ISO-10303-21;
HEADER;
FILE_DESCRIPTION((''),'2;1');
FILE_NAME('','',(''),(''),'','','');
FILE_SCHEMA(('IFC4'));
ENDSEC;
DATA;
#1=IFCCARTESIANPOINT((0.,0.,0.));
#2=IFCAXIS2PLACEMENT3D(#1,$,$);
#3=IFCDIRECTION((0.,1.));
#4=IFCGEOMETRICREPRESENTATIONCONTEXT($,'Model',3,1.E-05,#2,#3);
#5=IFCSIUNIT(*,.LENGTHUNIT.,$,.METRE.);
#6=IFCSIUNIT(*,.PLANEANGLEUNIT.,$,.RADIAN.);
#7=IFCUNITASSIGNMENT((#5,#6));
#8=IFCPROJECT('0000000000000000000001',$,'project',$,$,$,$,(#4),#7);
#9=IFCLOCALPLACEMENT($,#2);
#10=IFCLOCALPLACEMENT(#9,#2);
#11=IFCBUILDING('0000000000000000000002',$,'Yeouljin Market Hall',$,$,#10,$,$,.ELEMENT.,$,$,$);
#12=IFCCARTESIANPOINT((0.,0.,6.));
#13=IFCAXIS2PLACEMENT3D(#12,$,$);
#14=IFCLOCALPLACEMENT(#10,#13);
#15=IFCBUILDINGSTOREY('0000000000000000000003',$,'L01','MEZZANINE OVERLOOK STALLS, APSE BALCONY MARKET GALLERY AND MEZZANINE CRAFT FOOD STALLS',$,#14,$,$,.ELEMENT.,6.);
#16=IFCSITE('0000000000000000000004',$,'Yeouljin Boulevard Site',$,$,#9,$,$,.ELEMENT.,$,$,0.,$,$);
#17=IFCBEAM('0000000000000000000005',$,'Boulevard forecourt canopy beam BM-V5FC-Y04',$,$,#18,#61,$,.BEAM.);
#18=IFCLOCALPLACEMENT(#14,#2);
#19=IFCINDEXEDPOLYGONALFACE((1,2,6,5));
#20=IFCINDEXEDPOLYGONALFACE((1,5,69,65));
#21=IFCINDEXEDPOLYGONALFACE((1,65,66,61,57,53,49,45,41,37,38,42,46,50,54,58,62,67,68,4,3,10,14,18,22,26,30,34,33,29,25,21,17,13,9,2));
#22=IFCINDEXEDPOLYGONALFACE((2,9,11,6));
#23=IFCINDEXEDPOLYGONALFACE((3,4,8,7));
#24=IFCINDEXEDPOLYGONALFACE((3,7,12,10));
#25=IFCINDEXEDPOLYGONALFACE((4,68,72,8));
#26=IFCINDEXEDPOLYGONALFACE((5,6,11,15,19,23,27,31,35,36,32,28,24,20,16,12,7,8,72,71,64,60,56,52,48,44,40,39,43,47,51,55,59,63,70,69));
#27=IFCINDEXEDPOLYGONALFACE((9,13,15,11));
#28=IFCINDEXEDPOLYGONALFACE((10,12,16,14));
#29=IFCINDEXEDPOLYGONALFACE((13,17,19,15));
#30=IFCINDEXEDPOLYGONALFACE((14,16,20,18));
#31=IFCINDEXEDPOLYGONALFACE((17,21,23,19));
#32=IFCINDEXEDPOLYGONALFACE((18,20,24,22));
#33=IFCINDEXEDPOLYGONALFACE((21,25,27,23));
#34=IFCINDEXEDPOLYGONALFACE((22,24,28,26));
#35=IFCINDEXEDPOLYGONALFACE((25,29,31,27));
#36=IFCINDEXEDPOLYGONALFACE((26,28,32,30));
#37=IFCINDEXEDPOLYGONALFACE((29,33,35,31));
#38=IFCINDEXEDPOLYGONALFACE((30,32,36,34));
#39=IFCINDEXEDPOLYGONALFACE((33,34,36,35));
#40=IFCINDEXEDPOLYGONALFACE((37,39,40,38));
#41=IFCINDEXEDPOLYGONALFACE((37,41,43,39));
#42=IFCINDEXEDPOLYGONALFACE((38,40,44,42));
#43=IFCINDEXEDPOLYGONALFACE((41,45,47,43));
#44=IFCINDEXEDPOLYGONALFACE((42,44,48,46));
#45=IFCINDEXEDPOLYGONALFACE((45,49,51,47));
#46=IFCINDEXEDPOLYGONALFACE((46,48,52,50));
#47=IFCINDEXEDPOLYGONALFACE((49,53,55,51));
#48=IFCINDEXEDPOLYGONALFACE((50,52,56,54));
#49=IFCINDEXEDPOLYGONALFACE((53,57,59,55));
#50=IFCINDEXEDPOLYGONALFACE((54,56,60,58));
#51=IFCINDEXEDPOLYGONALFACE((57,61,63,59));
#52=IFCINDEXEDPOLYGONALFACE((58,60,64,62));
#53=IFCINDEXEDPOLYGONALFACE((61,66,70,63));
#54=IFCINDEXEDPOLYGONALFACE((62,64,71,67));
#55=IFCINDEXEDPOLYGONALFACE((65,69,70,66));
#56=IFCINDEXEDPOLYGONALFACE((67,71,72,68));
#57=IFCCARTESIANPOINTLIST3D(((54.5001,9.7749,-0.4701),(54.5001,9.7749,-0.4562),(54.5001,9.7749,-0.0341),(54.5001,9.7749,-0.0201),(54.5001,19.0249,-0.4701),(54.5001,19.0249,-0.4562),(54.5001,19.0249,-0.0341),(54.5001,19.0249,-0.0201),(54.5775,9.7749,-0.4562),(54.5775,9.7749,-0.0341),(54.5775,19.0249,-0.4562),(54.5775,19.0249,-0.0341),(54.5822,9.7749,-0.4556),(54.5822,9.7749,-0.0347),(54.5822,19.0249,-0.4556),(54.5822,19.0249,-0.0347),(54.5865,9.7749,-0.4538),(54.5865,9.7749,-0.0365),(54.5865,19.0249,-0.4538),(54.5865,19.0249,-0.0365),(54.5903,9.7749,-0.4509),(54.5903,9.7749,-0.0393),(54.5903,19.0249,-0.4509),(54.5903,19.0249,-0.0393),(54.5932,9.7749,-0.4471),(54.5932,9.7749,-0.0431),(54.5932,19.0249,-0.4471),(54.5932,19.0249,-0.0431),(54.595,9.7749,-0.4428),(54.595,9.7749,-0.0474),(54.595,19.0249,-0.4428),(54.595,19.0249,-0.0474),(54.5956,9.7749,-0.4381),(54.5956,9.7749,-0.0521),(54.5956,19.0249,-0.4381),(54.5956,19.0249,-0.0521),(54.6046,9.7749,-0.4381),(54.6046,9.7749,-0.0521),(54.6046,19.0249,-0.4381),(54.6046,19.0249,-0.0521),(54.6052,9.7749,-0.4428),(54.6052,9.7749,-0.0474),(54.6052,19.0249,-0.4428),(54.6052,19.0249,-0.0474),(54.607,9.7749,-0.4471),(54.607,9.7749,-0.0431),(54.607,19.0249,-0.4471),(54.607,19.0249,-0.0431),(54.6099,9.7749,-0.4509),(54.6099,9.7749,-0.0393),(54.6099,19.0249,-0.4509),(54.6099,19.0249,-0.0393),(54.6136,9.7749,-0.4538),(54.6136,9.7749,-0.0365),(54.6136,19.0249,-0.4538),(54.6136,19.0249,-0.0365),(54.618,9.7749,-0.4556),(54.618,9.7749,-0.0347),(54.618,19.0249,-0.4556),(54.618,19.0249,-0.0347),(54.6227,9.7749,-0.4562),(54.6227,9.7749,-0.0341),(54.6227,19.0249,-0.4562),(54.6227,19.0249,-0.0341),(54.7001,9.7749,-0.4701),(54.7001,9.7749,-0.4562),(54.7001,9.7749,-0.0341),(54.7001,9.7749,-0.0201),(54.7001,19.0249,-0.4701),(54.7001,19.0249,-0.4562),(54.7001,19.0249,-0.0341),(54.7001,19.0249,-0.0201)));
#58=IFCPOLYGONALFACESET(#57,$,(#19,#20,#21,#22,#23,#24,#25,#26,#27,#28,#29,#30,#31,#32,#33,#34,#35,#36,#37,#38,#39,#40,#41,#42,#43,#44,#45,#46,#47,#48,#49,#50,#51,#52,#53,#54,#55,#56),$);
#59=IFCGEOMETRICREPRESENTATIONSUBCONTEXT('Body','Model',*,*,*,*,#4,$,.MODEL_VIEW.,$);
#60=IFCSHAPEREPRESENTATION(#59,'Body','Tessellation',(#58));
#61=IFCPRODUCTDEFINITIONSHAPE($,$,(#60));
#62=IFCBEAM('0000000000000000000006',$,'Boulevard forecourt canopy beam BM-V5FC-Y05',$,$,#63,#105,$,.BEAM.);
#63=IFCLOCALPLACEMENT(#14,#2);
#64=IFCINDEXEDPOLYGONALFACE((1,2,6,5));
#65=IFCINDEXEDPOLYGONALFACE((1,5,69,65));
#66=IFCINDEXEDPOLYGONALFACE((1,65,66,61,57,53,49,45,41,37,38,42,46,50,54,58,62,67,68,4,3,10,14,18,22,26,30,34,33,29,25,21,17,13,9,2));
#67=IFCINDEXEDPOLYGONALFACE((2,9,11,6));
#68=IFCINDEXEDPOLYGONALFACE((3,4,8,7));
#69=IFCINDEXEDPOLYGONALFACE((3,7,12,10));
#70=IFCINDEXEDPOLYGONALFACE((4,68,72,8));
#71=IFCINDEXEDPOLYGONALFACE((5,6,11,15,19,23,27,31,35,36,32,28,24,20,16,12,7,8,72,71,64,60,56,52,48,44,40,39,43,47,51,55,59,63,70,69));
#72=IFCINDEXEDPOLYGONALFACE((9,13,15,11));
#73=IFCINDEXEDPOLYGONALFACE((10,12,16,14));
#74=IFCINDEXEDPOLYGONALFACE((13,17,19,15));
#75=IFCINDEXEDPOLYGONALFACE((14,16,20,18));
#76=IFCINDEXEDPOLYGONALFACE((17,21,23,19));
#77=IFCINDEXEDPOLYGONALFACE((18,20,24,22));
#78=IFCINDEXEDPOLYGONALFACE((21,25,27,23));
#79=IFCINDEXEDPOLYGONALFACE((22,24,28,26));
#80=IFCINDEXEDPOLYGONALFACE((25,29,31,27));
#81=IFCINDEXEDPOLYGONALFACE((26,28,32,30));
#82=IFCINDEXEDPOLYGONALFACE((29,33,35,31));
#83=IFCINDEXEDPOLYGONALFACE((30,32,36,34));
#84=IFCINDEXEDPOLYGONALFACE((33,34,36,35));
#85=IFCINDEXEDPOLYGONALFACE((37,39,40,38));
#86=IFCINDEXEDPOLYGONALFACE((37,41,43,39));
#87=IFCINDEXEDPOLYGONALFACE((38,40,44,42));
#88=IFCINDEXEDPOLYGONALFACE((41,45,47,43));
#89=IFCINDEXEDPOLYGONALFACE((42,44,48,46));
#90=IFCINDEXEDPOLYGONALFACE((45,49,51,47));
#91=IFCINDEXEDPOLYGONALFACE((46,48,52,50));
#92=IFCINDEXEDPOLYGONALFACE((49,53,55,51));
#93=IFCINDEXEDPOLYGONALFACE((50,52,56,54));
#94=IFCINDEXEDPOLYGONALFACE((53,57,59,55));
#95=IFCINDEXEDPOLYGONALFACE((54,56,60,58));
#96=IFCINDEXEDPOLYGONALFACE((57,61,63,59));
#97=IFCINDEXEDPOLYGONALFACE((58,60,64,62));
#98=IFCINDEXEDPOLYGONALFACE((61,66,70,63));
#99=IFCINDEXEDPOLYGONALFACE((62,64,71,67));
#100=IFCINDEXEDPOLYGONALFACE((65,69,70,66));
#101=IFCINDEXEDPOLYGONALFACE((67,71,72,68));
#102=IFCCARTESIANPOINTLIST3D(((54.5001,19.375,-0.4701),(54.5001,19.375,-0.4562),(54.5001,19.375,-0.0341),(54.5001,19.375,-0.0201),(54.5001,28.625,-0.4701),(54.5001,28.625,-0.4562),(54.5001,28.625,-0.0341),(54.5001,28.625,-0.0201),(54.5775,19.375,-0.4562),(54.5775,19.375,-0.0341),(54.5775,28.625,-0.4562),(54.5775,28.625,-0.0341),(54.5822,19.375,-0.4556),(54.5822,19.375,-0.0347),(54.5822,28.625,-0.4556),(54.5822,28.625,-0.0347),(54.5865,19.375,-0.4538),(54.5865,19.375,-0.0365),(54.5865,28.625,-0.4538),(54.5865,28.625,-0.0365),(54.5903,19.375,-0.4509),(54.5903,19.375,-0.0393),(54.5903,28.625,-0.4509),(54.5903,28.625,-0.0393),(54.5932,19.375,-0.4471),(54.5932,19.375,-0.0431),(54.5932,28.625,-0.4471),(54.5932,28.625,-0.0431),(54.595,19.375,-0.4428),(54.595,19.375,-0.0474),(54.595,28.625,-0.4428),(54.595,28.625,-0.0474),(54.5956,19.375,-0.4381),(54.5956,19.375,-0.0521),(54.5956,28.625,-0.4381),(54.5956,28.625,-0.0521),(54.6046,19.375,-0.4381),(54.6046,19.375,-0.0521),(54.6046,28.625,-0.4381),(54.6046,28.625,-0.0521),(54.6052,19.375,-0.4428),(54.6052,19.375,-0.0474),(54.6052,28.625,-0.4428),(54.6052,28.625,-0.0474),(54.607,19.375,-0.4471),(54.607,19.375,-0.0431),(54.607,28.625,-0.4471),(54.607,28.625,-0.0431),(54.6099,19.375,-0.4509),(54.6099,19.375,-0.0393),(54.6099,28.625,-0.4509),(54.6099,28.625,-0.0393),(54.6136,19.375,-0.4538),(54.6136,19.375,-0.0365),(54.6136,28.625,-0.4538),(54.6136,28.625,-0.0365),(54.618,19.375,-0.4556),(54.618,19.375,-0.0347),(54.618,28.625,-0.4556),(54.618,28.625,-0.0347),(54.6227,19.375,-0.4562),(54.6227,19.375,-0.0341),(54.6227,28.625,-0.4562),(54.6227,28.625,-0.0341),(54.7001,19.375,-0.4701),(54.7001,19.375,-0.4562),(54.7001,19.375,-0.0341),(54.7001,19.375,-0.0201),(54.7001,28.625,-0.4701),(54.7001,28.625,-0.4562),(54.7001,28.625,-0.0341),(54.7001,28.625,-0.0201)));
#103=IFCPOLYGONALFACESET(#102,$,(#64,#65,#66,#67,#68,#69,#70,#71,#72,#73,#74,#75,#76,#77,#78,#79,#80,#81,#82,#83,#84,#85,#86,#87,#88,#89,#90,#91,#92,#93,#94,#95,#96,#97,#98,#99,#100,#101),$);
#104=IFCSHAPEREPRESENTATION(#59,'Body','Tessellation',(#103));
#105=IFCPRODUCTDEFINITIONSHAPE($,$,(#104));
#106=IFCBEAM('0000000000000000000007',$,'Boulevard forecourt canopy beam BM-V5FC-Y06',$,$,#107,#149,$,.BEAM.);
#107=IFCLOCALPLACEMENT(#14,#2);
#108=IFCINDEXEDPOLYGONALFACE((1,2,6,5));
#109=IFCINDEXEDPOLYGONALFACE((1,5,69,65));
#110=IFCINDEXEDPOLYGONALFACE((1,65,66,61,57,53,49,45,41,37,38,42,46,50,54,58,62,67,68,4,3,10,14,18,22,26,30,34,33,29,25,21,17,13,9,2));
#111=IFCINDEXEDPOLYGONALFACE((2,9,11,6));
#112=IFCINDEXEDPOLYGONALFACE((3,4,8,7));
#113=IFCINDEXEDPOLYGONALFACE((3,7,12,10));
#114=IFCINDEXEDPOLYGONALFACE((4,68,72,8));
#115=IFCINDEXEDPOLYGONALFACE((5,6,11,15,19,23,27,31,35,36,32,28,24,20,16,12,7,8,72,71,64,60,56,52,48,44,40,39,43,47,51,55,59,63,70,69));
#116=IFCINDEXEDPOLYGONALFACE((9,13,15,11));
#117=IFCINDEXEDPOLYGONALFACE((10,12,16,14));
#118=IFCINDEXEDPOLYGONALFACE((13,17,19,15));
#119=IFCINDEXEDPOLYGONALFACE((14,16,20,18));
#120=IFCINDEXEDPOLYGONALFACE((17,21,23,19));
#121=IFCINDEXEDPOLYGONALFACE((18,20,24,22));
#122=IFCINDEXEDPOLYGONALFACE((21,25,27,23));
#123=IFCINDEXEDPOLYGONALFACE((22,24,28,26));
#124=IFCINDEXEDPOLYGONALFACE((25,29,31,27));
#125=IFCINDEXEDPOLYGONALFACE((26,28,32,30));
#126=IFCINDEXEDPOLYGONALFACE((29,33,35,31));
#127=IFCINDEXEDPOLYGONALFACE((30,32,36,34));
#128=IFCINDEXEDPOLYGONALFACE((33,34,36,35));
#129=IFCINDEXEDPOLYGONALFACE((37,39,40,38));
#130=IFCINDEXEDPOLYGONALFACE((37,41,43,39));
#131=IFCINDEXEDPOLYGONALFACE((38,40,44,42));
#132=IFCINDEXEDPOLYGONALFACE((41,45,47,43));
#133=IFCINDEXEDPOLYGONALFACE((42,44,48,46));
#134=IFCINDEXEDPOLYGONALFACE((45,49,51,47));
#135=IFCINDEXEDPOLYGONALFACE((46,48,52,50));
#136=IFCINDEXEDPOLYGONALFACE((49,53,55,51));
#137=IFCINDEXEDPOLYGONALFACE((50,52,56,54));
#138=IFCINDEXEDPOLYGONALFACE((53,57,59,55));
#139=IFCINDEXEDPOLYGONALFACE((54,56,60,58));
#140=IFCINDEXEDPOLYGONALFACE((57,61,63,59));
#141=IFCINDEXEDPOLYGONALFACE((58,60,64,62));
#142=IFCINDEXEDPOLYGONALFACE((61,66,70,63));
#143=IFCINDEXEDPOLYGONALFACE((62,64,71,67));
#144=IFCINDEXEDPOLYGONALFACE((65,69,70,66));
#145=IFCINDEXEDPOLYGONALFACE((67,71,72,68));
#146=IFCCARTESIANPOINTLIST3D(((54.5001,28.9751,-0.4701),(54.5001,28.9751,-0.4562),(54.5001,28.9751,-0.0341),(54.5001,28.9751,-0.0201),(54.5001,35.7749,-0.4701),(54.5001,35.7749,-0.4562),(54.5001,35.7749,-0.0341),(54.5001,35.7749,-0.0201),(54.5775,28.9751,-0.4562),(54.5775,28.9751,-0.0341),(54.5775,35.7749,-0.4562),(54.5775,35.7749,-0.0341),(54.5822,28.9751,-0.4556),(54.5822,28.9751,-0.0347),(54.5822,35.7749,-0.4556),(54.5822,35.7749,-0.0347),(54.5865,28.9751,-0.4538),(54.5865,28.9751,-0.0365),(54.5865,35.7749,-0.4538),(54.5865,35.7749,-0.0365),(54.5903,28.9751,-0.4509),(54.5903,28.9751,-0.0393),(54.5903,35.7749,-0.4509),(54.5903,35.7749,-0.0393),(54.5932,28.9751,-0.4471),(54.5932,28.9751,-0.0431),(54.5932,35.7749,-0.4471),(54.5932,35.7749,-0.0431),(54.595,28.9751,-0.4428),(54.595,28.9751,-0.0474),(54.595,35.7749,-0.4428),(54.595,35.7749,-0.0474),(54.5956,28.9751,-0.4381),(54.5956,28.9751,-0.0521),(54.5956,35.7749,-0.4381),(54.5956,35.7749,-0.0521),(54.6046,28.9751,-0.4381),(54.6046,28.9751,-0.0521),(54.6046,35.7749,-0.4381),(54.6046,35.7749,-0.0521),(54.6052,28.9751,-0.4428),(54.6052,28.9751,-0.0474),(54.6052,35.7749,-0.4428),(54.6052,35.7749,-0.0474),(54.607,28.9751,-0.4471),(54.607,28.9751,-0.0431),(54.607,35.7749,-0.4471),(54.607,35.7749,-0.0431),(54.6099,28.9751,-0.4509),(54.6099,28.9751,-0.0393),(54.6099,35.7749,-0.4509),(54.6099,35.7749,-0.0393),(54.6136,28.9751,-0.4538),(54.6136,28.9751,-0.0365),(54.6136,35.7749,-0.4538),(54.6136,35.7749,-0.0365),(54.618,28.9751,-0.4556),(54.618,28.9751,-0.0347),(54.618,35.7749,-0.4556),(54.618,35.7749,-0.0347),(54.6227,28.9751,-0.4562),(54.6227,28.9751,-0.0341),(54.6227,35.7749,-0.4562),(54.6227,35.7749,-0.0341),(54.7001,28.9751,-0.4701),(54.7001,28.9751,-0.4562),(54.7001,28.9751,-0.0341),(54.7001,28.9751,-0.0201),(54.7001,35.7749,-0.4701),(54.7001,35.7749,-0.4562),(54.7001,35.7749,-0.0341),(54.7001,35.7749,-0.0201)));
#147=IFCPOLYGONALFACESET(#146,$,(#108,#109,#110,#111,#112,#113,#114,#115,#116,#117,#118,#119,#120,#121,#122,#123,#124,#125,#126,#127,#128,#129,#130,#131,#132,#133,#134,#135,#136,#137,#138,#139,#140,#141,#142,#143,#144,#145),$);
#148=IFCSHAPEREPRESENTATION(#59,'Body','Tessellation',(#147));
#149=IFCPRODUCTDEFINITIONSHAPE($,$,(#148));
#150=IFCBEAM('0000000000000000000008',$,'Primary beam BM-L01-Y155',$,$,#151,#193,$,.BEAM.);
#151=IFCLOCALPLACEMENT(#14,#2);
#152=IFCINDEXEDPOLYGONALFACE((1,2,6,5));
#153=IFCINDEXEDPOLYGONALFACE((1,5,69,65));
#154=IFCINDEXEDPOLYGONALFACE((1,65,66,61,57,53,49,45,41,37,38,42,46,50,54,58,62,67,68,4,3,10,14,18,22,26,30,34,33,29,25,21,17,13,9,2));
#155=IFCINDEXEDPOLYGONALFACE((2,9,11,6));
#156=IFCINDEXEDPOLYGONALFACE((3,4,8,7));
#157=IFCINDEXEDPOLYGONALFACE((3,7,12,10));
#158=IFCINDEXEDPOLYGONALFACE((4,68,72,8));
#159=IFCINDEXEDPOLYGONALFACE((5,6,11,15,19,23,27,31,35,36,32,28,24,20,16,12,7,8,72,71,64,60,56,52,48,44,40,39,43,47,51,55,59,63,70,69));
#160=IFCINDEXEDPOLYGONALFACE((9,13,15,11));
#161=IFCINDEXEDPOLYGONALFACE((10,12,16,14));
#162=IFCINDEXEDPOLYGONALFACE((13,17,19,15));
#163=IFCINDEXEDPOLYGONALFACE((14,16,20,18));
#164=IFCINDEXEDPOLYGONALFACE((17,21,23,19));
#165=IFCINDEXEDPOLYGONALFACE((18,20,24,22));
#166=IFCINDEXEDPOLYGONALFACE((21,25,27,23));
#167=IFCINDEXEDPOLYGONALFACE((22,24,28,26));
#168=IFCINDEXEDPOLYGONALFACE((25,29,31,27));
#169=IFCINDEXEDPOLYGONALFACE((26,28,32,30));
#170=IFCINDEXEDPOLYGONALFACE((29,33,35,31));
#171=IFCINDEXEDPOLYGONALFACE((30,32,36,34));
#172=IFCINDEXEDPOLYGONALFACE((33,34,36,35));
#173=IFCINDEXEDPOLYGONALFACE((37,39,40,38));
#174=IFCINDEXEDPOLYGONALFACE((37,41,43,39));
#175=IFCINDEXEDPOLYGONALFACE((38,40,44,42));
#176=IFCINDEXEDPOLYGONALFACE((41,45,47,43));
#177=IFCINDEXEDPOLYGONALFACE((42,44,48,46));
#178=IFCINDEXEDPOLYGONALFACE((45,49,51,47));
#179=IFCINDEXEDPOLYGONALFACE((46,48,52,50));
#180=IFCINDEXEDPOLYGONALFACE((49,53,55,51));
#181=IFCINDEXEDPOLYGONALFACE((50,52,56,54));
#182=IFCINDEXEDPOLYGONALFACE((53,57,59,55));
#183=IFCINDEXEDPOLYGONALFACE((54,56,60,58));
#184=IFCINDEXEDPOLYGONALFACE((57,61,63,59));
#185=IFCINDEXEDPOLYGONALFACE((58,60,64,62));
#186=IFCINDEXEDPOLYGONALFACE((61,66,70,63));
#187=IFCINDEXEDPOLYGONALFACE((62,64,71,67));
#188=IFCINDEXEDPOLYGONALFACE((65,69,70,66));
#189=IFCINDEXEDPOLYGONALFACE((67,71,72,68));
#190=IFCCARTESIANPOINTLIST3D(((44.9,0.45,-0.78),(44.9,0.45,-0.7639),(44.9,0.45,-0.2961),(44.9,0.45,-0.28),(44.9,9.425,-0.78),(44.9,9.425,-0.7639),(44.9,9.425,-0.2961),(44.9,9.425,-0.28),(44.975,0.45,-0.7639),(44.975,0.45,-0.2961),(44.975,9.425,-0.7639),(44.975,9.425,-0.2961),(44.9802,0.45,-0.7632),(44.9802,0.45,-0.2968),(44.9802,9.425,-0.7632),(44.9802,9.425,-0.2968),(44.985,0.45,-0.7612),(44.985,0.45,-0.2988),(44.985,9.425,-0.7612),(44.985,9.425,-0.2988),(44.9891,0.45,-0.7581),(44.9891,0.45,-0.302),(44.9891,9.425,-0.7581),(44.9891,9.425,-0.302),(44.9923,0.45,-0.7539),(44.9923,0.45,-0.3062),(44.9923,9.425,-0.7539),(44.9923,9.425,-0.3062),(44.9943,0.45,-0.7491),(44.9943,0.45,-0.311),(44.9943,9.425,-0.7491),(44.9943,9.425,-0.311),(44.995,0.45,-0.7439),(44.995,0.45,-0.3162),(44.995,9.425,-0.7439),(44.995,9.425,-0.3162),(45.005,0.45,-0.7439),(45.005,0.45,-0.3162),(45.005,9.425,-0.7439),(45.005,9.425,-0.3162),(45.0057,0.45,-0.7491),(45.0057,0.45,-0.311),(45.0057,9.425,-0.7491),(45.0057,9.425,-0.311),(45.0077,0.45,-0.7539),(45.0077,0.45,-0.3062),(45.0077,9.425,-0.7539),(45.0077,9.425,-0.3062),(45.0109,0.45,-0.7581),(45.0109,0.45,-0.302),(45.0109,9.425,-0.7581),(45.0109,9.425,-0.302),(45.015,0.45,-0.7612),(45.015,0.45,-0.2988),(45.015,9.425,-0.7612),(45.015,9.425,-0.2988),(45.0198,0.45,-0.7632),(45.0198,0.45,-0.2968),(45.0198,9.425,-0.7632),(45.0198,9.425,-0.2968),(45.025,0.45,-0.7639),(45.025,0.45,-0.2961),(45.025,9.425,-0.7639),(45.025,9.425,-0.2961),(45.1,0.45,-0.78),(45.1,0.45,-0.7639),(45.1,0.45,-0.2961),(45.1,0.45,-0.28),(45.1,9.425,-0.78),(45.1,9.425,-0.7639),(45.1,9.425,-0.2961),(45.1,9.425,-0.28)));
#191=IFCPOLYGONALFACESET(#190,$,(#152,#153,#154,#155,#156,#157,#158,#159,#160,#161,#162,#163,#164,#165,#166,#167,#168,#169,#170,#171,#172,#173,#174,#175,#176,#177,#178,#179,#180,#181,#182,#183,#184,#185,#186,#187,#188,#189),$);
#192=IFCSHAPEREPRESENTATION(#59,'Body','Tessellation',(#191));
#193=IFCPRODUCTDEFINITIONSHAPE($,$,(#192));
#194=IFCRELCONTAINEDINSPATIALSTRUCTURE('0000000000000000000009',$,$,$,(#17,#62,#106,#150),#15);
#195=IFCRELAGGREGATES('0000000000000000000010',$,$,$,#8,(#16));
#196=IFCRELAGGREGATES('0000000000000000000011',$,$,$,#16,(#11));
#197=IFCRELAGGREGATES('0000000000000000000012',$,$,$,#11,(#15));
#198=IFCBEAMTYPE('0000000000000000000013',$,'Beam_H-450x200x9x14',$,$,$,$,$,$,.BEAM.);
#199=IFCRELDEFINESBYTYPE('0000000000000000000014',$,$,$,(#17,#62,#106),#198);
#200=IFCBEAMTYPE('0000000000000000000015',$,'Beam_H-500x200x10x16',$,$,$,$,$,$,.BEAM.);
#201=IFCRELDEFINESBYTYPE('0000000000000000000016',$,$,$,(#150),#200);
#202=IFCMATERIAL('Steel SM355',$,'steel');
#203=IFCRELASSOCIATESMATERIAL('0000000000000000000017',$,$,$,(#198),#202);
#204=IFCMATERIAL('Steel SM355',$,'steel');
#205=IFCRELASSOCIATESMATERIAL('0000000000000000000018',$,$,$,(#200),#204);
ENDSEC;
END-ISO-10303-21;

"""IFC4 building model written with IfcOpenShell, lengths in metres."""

from ifc_helpers import new_model, si_unit, direction, frame, origin, origin_2d, place, context, subcontext, project, spatial, i_section, extrude, material, material_profile, profile_set, type_object, element, save


model = new_model("IFC4")

# Units and contexts
model_context = context("Model", 3, precision=1e-05, world=origin(), true_north=direction((0.0, 1.0)))
body_context = subcontext(model_context, "Body", "Model", "MODEL_VIEW")
ifc_project = project(units=[si_unit("LENGTHUNIT", "METRE"), si_unit("PLANEANGLEUNIT", "RADIAN")], contexts=[model_context])

# Site, building, storey
site_placement = place(None, origin())
site = spatial("IfcSite", under=ifc_project, at=site_placement, Name="Yeouljin Boulevard Site", CompositionType="ELEMENT", RefElevation=0.0)
building_placement = place(site_placement, origin())
building = spatial("IfcBuilding", under=site, at=building_placement, Name="Yeouljin Market Hall", CompositionType="ELEMENT")
storey_placement = place(building_placement, frame((0.0, 0.0, 6.0)))
storey = spatial("IfcBuildingStorey", under=building, at=storey_placement, Name="L01", Description="MEZZANINE OVERLOOK STALLS, APSE BALCONY MARKET GALLERY AND MEZZANINE CRAFT FOOD STALLS", CompositionType="ELEMENT", Elevation=6.0)

# Beams
ifc_material_1 = material(Name="Steel SM355", Category="steel")
ifc_material_profile_1 = material_profile(ifc_material_1, i_section(OverallWidth=0.2, OverallDepth=0.45, WebThickness=0.009, FlangeThickness=0.0139, FilletRadius=0.0181, at=origin_2d()), Name="H-450x200x9x14")
ifc_profile_set_1 = profile_set([ifc_material_profile_1], Name="Steel SM355")
beam_type_1 = type_object("IfcBeamType", Name="Beam_H-450x200x9x14", PredefinedType="BEAM", material=ifc_profile_set_1)
for number, where, z_axis, x_axis, name in (
    (1, (54.6001, 9.7749, -0.2451), (0.0, 1.0, 0.0), (-1.0, 0.0, 0.0), "Boulevard forecourt canopy beam BM-V5FC-Y04"),
    (2, (54.6001, 19.375, -0.2451), (0.0, 1.0, 0.0), (-1.0, 0.0, 0.0), "Boulevard forecourt canopy beam BM-V5FC-Y05"),
):
    element("IfcBeam", number, at=place(storey_placement, frame(where, z_axis=z_axis, x_axis=x_axis)), inside=storey, type_object=beam_type_1, Name=name, PredefinedType="BEAM", context=body_context, shape_type="SweptSolid", body=[
        extrude(i_section(OverallWidth=0.2, OverallDepth=0.45, WebThickness=0.009, FlangeThickness=0.0139, FilletRadius=0.0181, at=origin_2d()), origin(), (0.0, 0.0, 1.0), 9.25),
    ])
beam_1_placement = place(storey_placement, frame((54.6001, 28.9751, -0.2451), z_axis=(0.0, 1.0, 0.0), x_axis=(-1.0, 0.0, 0.0)))
element("IfcBeam", 3, at=beam_1_placement, inside=storey, type_object=beam_type_1, Name="Boulevard forecourt canopy beam BM-V5FC-Y06", PredefinedType="BEAM", context=body_context, shape_type="SweptSolid", body=[
    extrude(i_section(OverallWidth=0.2, OverallDepth=0.45, WebThickness=0.009, FlangeThickness=0.0139, FilletRadius=0.0181, at=origin_2d()), origin(), (0.0, 0.0, 1.0), 6.7998),
])
ifc_material_2 = material(Name="Steel SM355", Category="steel")
ifc_material_profile_2 = material_profile(ifc_material_2, i_section(OverallWidth=0.2, OverallDepth=0.5, WebThickness=0.01, FlangeThickness=0.0161, FilletRadius=0.02, at=origin_2d()), Name="H-500x200x10x16")
ifc_profile_set_2 = profile_set([ifc_material_profile_2], Name="Steel SM355")
beam_type_2 = type_object("IfcBeamType", Name="Beam_H-500x200x10x16", PredefinedType="BEAM", material=ifc_profile_set_2)
for number, where, z_axis, x_axis, name in (
    (4, (45.0, 0.45, -0.53), (0.0, 1.0, 0.0), (-1.0, 0.0, 0.0), "Primary beam BM-L01-Y155"),
):
    element("IfcBeam", number, at=place(storey_placement, frame(where, z_axis=z_axis, x_axis=x_axis)), inside=storey, type_object=beam_type_2, Name=name, PredefinedType="BEAM", context=body_context, shape_type="SweptSolid", body=[
        extrude(i_section(OverallWidth=0.2, OverallDepth=0.5, WebThickness=0.01, FlangeThickness=0.0161, FilletRadius=0.02, at=origin_2d()), origin(), (0.0, 0.0, 1.0), 8.9751),
    ])

save(model, "model.ifc")
